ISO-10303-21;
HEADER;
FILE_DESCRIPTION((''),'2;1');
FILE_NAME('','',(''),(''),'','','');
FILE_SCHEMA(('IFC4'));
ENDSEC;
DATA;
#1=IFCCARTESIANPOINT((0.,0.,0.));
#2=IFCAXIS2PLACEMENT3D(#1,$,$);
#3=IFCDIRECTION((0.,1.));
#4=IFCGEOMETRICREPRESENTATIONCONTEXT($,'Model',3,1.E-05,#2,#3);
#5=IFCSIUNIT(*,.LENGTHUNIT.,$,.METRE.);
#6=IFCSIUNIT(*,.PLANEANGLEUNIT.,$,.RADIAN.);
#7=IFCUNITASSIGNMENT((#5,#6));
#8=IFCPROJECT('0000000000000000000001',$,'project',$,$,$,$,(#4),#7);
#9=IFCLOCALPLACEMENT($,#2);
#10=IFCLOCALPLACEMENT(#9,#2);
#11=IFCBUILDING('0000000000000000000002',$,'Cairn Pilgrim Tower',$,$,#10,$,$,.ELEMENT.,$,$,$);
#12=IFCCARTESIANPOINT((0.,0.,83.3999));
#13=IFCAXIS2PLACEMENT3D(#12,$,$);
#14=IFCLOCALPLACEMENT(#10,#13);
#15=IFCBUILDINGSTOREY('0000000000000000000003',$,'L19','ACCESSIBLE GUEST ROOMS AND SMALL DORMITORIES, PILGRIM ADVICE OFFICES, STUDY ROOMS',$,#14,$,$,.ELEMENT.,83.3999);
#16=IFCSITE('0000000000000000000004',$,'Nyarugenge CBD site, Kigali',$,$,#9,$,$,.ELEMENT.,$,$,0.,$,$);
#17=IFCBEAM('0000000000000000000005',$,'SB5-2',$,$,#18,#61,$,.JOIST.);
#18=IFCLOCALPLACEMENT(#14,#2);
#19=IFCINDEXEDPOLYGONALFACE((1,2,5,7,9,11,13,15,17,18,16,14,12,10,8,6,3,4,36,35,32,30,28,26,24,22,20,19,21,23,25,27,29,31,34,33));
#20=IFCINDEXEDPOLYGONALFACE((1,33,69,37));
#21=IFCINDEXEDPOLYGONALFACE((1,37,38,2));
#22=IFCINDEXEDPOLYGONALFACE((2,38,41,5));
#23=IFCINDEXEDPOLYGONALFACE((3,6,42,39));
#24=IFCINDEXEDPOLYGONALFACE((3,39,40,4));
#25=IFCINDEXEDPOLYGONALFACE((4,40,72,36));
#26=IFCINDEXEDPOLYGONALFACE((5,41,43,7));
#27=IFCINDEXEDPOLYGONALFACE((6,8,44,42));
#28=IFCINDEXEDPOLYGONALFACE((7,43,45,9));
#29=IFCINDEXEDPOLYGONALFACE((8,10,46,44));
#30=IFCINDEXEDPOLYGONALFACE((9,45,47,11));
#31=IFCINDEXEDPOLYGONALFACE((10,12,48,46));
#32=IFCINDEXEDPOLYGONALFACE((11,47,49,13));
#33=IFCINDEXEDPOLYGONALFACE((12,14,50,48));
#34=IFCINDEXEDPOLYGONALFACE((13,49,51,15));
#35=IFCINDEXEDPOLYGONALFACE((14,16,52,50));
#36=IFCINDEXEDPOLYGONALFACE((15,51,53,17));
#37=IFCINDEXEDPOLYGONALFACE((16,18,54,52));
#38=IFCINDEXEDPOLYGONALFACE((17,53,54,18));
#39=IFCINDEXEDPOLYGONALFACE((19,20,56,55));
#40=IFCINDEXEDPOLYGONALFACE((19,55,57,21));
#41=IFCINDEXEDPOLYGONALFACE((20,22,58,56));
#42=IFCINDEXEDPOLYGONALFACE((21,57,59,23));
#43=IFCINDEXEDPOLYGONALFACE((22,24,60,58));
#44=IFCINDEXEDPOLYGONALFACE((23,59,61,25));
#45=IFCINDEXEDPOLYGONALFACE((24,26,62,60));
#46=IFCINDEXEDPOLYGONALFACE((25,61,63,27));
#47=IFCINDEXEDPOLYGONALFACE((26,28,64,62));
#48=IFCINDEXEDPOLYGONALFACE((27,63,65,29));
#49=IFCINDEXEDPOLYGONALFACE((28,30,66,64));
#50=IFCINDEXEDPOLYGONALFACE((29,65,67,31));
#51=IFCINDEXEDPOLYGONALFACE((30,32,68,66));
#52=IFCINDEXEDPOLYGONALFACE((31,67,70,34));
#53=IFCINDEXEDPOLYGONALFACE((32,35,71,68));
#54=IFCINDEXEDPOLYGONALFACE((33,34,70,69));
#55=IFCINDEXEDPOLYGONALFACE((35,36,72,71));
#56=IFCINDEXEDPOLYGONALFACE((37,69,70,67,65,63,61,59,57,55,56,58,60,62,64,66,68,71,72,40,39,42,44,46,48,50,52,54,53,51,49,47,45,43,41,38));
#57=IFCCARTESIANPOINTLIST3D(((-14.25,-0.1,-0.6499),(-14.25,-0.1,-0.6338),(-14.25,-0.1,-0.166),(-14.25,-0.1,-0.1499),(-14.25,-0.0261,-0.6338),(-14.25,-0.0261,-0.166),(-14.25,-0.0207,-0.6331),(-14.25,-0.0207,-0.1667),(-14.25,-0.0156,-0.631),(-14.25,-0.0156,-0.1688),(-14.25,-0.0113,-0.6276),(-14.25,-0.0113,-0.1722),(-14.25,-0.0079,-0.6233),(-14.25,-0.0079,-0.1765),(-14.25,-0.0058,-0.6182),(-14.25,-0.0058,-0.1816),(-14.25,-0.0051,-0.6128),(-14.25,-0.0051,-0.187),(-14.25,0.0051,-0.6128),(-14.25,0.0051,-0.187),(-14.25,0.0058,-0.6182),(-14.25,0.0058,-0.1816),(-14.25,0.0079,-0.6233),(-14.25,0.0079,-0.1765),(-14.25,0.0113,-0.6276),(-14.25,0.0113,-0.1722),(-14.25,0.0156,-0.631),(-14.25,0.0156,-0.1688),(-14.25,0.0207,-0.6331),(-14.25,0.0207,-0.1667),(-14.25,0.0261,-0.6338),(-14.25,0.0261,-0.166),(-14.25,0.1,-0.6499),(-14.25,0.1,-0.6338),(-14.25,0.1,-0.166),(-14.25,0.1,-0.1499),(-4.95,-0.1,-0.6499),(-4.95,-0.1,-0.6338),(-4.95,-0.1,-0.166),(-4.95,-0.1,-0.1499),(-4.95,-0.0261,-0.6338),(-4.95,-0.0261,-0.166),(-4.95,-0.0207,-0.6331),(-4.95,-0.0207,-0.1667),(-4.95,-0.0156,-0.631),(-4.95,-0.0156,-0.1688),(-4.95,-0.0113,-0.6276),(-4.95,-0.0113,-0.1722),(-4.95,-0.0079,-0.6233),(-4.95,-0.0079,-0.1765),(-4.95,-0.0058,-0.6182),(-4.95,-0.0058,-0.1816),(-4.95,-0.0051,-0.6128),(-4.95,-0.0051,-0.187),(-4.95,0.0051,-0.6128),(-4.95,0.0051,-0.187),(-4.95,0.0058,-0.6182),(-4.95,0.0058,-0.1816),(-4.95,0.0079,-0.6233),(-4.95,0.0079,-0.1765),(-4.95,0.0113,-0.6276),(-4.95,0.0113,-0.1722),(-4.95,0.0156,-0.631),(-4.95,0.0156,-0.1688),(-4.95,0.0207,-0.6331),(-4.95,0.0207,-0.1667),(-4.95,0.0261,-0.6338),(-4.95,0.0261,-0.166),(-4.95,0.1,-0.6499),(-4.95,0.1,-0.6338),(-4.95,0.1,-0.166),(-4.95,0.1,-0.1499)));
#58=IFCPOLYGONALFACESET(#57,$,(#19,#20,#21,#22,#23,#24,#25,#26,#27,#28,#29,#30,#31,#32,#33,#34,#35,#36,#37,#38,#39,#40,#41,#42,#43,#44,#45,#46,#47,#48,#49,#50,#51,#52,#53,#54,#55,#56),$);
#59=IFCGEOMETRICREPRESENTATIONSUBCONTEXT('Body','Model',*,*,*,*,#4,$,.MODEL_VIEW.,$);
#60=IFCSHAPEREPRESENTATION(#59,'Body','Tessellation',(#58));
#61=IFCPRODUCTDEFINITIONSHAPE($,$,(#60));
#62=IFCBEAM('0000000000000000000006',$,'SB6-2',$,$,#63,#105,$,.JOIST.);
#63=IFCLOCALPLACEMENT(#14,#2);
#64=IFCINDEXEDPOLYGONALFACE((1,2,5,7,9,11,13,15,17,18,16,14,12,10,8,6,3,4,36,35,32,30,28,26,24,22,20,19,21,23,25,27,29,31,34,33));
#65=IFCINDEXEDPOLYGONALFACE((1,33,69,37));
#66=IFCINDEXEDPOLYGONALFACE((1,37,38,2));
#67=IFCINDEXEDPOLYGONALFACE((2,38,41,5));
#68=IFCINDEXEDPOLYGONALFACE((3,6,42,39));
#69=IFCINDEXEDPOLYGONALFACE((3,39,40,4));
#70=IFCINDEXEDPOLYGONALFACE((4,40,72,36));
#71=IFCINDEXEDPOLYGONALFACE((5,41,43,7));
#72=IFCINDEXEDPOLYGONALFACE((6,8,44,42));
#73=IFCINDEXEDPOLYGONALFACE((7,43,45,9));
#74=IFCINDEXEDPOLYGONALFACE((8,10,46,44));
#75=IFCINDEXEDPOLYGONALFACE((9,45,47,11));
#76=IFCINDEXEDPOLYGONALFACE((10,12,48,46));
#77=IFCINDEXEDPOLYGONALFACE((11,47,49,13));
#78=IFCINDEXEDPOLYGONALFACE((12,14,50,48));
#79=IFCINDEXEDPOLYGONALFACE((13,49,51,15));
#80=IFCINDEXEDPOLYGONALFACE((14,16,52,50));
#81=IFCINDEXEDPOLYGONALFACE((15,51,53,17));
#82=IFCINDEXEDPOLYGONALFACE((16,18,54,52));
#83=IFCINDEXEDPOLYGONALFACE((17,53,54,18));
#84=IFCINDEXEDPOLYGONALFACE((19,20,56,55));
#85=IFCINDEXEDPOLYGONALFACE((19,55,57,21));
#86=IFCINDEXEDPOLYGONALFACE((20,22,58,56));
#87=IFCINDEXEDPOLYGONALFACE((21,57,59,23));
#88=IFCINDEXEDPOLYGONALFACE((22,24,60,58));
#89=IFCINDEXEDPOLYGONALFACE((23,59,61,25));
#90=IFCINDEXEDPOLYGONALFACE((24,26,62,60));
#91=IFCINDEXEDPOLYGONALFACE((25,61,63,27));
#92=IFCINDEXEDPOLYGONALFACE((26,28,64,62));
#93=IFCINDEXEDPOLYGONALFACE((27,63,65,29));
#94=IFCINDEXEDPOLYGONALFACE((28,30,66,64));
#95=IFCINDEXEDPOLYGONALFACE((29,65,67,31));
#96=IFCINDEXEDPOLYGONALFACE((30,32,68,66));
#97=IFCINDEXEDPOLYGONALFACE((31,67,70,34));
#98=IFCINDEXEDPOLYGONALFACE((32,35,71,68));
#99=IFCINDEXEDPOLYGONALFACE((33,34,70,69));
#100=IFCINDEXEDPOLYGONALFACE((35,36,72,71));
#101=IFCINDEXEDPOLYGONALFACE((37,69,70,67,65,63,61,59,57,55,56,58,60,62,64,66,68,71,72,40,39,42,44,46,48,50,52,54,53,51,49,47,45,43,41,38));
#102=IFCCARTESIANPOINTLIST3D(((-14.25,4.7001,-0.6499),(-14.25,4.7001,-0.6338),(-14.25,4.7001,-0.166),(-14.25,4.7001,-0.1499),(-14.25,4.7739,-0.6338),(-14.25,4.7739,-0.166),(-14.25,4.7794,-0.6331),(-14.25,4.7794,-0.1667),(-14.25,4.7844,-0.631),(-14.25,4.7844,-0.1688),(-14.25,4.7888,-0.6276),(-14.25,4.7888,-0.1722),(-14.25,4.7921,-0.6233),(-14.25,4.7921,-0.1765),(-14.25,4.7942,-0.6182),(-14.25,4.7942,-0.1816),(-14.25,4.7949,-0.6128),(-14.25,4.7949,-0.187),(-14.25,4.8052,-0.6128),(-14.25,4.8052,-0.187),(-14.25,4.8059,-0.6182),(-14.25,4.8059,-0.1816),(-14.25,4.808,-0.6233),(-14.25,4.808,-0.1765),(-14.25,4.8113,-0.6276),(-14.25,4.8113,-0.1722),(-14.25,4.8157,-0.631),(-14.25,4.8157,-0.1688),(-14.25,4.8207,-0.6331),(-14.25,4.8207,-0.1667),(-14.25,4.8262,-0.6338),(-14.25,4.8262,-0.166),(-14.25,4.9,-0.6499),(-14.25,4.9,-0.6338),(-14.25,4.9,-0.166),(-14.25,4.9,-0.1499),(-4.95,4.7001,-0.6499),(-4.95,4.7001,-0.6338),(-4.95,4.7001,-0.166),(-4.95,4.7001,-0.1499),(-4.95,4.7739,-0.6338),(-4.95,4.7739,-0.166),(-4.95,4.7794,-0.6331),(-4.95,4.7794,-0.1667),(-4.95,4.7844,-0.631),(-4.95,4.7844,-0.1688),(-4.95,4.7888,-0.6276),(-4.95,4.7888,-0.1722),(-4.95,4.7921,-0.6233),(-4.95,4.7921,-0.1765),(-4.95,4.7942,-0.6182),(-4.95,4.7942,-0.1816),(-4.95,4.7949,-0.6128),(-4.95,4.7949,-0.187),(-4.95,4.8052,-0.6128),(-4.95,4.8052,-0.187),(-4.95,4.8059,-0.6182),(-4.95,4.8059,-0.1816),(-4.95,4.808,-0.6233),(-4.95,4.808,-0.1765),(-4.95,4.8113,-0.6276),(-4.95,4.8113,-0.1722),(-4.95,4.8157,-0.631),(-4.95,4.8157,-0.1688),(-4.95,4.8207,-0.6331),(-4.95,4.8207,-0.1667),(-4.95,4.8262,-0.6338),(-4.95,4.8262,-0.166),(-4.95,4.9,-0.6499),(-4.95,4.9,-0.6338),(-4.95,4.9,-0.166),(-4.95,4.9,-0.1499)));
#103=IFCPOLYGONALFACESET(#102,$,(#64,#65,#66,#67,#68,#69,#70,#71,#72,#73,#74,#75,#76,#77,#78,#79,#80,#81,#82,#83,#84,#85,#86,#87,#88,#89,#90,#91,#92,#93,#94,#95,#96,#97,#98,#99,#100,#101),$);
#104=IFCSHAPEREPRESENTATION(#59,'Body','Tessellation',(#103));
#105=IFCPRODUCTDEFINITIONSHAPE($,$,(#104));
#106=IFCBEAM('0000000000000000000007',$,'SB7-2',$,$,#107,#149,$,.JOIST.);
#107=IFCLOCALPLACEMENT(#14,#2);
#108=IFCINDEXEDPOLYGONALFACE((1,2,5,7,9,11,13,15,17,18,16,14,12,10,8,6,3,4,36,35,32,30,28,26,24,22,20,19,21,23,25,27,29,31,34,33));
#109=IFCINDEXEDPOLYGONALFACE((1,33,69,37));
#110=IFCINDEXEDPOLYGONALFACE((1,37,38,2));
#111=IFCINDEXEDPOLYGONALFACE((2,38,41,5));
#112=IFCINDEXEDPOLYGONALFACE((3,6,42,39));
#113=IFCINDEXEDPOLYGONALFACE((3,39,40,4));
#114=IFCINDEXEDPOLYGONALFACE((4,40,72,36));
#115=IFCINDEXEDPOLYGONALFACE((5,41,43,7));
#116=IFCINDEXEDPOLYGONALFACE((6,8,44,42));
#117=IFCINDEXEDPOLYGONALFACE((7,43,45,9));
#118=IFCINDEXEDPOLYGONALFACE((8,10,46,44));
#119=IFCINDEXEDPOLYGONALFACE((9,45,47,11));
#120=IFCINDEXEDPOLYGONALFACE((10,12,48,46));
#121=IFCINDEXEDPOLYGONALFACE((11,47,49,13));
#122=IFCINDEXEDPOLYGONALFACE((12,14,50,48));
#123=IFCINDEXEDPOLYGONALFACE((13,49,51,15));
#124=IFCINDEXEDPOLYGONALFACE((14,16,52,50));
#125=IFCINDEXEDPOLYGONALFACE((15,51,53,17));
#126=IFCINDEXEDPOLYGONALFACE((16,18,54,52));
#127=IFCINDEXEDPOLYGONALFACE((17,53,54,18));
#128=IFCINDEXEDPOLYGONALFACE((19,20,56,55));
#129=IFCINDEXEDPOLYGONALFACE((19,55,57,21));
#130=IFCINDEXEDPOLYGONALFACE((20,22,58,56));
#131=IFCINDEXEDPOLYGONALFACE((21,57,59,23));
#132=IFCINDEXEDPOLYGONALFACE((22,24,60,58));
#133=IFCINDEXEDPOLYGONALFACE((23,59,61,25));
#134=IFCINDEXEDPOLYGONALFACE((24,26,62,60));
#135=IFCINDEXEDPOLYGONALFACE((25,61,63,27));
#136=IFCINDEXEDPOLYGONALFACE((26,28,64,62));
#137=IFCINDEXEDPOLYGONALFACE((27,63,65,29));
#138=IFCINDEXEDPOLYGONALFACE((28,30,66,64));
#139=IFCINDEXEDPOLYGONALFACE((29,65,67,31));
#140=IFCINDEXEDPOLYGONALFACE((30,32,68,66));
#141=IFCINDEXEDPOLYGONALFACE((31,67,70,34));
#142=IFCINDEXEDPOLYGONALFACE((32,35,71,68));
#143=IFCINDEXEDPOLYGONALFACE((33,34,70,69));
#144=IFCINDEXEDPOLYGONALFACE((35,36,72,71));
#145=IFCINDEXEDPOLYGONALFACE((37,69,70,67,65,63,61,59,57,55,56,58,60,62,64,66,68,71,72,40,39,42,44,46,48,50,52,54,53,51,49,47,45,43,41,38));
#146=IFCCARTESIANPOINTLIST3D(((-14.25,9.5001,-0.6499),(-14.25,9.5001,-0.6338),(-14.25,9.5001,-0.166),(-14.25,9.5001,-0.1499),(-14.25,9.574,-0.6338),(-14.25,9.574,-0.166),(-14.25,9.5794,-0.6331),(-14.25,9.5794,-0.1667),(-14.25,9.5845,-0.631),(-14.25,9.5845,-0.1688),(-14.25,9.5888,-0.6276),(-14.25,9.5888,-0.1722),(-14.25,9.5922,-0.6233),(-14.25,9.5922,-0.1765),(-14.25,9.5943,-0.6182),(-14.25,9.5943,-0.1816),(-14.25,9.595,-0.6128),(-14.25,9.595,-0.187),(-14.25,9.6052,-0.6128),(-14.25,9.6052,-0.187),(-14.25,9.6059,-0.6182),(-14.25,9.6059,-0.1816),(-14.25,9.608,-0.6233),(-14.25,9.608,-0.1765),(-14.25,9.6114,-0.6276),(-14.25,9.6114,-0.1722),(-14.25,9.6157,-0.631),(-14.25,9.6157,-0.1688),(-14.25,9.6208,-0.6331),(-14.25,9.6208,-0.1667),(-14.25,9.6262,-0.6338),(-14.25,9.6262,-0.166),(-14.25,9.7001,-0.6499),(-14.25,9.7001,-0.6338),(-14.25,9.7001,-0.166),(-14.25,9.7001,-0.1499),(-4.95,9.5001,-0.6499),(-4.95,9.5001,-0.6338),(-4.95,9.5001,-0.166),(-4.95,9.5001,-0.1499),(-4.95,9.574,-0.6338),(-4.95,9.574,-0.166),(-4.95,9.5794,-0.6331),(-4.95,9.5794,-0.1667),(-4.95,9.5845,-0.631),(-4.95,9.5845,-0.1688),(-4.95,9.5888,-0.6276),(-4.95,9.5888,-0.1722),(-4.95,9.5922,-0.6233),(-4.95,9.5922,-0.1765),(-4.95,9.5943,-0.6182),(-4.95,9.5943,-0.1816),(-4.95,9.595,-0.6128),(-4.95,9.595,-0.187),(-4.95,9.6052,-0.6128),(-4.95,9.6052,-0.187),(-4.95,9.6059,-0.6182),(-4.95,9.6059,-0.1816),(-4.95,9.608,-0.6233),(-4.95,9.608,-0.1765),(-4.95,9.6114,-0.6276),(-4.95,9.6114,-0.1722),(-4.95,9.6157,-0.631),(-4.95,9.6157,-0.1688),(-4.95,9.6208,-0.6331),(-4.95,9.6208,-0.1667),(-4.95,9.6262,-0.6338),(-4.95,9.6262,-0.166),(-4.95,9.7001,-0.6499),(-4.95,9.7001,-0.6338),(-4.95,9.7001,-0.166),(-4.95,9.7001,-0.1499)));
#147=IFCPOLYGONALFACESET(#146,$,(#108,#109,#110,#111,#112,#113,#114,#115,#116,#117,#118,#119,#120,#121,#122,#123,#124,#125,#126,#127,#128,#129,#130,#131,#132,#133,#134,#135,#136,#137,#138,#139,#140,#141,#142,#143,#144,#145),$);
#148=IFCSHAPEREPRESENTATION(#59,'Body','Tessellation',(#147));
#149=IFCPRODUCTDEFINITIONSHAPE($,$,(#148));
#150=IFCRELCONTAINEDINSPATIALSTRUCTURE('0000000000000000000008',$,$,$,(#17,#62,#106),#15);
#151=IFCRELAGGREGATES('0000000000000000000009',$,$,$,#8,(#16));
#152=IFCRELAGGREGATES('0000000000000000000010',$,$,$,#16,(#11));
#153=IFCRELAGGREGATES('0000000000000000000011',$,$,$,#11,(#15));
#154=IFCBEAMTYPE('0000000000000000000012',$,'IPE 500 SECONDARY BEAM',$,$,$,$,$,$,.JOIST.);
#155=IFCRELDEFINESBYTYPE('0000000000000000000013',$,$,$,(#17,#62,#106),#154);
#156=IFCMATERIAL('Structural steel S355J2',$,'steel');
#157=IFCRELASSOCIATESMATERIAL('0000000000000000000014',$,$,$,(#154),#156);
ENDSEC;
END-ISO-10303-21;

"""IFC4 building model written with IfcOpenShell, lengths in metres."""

from ifc_helpers import new_model, si_unit, direction, frame, origin, origin_2d, place, context, subcontext, project, spatial, i_section, extrude, material, material_profile, profile_set, type_object, element, save


model = new_model("IFC4")

# Units and contexts
model_context = context("Model", 3, precision=1e-05, world=origin(), true_north=direction((0.0, 1.0)))
body_context = subcontext(model_context, "Body", "Model", "MODEL_VIEW")
ifc_project = project(units=[si_unit("LENGTHUNIT", "METRE"), si_unit("PLANEANGLEUNIT", "RADIAN")], contexts=[model_context])

# Site, building, storey
site_placement = place(None, origin())
site = spatial("IfcSite", under=ifc_project, at=site_placement, Name="Nyarugenge CBD site, Kigali", CompositionType="ELEMENT", RefElevation=0.0)
building_placement = place(site_placement, origin())
building = spatial("IfcBuilding", under=site, at=building_placement, Name="Cairn Pilgrim Tower", CompositionType="ELEMENT")
storey_placement = place(building_placement, frame((0.0, 0.0, 83.3999)))
storey = spatial("IfcBuildingStorey", under=building, at=storey_placement, Name="L19", Description="ACCESSIBLE GUEST ROOMS AND SMALL DORMITORIES, PILGRIM ADVICE OFFICES, STUDY ROOMS", CompositionType="ELEMENT", Elevation=83.3999)

# Beams
ifc_material_1 = material(Name="Structural steel S355J2", Category="steel")
ifc_material_profile_1 = material_profile(ifc_material_1, i_section(OverallWidth=0.2, OverallDepth=0.5, WebThickness=0.0103, FlangeThickness=0.0161, FilletRadius=0.021, at=origin_2d()), Name="IPE 500")
ifc_profile_set_1 = profile_set([ifc_material_profile_1], Name="Structural steel S355J2")
beam_type_1 = type_object("IfcBeamType", Name="IPE 500 SECONDARY BEAM", PredefinedType="JOIST", material=ifc_profile_set_1)
for number, where, z_axis, x_axis, name in (
    (1, (-14.25, 0.0, -0.3999), (1.0, 0.0, 0.0), (0.0, 1.0, 0.0), "SB5-2"),
    (2, (-14.25, 4.8, -0.3999), (1.0, 0.0, 0.0), (0.0, 1.0, 0.0), "SB6-2"),
    (3, (-14.25, 9.6001, -0.3999), (1.0, 0.0, 0.0), (0.0, 1.0, 0.0), "SB7-2"),
):
    element("IfcBeam", number, at=place(storey_placement, frame(where, z_axis=z_axis, x_axis=x_axis)), inside=storey, type_object=beam_type_1, Name=name, PredefinedType="JOIST", context=body_context, shape_type="SweptSolid", body=[
        extrude(i_section(OverallWidth=0.2, OverallDepth=0.5, WebThickness=0.0103, FlangeThickness=0.0161, FilletRadius=0.021, at=origin_2d()), origin(), (0.0, 0.0, 1.0), 9.3),
    ])

save(model, "model.ifc")
